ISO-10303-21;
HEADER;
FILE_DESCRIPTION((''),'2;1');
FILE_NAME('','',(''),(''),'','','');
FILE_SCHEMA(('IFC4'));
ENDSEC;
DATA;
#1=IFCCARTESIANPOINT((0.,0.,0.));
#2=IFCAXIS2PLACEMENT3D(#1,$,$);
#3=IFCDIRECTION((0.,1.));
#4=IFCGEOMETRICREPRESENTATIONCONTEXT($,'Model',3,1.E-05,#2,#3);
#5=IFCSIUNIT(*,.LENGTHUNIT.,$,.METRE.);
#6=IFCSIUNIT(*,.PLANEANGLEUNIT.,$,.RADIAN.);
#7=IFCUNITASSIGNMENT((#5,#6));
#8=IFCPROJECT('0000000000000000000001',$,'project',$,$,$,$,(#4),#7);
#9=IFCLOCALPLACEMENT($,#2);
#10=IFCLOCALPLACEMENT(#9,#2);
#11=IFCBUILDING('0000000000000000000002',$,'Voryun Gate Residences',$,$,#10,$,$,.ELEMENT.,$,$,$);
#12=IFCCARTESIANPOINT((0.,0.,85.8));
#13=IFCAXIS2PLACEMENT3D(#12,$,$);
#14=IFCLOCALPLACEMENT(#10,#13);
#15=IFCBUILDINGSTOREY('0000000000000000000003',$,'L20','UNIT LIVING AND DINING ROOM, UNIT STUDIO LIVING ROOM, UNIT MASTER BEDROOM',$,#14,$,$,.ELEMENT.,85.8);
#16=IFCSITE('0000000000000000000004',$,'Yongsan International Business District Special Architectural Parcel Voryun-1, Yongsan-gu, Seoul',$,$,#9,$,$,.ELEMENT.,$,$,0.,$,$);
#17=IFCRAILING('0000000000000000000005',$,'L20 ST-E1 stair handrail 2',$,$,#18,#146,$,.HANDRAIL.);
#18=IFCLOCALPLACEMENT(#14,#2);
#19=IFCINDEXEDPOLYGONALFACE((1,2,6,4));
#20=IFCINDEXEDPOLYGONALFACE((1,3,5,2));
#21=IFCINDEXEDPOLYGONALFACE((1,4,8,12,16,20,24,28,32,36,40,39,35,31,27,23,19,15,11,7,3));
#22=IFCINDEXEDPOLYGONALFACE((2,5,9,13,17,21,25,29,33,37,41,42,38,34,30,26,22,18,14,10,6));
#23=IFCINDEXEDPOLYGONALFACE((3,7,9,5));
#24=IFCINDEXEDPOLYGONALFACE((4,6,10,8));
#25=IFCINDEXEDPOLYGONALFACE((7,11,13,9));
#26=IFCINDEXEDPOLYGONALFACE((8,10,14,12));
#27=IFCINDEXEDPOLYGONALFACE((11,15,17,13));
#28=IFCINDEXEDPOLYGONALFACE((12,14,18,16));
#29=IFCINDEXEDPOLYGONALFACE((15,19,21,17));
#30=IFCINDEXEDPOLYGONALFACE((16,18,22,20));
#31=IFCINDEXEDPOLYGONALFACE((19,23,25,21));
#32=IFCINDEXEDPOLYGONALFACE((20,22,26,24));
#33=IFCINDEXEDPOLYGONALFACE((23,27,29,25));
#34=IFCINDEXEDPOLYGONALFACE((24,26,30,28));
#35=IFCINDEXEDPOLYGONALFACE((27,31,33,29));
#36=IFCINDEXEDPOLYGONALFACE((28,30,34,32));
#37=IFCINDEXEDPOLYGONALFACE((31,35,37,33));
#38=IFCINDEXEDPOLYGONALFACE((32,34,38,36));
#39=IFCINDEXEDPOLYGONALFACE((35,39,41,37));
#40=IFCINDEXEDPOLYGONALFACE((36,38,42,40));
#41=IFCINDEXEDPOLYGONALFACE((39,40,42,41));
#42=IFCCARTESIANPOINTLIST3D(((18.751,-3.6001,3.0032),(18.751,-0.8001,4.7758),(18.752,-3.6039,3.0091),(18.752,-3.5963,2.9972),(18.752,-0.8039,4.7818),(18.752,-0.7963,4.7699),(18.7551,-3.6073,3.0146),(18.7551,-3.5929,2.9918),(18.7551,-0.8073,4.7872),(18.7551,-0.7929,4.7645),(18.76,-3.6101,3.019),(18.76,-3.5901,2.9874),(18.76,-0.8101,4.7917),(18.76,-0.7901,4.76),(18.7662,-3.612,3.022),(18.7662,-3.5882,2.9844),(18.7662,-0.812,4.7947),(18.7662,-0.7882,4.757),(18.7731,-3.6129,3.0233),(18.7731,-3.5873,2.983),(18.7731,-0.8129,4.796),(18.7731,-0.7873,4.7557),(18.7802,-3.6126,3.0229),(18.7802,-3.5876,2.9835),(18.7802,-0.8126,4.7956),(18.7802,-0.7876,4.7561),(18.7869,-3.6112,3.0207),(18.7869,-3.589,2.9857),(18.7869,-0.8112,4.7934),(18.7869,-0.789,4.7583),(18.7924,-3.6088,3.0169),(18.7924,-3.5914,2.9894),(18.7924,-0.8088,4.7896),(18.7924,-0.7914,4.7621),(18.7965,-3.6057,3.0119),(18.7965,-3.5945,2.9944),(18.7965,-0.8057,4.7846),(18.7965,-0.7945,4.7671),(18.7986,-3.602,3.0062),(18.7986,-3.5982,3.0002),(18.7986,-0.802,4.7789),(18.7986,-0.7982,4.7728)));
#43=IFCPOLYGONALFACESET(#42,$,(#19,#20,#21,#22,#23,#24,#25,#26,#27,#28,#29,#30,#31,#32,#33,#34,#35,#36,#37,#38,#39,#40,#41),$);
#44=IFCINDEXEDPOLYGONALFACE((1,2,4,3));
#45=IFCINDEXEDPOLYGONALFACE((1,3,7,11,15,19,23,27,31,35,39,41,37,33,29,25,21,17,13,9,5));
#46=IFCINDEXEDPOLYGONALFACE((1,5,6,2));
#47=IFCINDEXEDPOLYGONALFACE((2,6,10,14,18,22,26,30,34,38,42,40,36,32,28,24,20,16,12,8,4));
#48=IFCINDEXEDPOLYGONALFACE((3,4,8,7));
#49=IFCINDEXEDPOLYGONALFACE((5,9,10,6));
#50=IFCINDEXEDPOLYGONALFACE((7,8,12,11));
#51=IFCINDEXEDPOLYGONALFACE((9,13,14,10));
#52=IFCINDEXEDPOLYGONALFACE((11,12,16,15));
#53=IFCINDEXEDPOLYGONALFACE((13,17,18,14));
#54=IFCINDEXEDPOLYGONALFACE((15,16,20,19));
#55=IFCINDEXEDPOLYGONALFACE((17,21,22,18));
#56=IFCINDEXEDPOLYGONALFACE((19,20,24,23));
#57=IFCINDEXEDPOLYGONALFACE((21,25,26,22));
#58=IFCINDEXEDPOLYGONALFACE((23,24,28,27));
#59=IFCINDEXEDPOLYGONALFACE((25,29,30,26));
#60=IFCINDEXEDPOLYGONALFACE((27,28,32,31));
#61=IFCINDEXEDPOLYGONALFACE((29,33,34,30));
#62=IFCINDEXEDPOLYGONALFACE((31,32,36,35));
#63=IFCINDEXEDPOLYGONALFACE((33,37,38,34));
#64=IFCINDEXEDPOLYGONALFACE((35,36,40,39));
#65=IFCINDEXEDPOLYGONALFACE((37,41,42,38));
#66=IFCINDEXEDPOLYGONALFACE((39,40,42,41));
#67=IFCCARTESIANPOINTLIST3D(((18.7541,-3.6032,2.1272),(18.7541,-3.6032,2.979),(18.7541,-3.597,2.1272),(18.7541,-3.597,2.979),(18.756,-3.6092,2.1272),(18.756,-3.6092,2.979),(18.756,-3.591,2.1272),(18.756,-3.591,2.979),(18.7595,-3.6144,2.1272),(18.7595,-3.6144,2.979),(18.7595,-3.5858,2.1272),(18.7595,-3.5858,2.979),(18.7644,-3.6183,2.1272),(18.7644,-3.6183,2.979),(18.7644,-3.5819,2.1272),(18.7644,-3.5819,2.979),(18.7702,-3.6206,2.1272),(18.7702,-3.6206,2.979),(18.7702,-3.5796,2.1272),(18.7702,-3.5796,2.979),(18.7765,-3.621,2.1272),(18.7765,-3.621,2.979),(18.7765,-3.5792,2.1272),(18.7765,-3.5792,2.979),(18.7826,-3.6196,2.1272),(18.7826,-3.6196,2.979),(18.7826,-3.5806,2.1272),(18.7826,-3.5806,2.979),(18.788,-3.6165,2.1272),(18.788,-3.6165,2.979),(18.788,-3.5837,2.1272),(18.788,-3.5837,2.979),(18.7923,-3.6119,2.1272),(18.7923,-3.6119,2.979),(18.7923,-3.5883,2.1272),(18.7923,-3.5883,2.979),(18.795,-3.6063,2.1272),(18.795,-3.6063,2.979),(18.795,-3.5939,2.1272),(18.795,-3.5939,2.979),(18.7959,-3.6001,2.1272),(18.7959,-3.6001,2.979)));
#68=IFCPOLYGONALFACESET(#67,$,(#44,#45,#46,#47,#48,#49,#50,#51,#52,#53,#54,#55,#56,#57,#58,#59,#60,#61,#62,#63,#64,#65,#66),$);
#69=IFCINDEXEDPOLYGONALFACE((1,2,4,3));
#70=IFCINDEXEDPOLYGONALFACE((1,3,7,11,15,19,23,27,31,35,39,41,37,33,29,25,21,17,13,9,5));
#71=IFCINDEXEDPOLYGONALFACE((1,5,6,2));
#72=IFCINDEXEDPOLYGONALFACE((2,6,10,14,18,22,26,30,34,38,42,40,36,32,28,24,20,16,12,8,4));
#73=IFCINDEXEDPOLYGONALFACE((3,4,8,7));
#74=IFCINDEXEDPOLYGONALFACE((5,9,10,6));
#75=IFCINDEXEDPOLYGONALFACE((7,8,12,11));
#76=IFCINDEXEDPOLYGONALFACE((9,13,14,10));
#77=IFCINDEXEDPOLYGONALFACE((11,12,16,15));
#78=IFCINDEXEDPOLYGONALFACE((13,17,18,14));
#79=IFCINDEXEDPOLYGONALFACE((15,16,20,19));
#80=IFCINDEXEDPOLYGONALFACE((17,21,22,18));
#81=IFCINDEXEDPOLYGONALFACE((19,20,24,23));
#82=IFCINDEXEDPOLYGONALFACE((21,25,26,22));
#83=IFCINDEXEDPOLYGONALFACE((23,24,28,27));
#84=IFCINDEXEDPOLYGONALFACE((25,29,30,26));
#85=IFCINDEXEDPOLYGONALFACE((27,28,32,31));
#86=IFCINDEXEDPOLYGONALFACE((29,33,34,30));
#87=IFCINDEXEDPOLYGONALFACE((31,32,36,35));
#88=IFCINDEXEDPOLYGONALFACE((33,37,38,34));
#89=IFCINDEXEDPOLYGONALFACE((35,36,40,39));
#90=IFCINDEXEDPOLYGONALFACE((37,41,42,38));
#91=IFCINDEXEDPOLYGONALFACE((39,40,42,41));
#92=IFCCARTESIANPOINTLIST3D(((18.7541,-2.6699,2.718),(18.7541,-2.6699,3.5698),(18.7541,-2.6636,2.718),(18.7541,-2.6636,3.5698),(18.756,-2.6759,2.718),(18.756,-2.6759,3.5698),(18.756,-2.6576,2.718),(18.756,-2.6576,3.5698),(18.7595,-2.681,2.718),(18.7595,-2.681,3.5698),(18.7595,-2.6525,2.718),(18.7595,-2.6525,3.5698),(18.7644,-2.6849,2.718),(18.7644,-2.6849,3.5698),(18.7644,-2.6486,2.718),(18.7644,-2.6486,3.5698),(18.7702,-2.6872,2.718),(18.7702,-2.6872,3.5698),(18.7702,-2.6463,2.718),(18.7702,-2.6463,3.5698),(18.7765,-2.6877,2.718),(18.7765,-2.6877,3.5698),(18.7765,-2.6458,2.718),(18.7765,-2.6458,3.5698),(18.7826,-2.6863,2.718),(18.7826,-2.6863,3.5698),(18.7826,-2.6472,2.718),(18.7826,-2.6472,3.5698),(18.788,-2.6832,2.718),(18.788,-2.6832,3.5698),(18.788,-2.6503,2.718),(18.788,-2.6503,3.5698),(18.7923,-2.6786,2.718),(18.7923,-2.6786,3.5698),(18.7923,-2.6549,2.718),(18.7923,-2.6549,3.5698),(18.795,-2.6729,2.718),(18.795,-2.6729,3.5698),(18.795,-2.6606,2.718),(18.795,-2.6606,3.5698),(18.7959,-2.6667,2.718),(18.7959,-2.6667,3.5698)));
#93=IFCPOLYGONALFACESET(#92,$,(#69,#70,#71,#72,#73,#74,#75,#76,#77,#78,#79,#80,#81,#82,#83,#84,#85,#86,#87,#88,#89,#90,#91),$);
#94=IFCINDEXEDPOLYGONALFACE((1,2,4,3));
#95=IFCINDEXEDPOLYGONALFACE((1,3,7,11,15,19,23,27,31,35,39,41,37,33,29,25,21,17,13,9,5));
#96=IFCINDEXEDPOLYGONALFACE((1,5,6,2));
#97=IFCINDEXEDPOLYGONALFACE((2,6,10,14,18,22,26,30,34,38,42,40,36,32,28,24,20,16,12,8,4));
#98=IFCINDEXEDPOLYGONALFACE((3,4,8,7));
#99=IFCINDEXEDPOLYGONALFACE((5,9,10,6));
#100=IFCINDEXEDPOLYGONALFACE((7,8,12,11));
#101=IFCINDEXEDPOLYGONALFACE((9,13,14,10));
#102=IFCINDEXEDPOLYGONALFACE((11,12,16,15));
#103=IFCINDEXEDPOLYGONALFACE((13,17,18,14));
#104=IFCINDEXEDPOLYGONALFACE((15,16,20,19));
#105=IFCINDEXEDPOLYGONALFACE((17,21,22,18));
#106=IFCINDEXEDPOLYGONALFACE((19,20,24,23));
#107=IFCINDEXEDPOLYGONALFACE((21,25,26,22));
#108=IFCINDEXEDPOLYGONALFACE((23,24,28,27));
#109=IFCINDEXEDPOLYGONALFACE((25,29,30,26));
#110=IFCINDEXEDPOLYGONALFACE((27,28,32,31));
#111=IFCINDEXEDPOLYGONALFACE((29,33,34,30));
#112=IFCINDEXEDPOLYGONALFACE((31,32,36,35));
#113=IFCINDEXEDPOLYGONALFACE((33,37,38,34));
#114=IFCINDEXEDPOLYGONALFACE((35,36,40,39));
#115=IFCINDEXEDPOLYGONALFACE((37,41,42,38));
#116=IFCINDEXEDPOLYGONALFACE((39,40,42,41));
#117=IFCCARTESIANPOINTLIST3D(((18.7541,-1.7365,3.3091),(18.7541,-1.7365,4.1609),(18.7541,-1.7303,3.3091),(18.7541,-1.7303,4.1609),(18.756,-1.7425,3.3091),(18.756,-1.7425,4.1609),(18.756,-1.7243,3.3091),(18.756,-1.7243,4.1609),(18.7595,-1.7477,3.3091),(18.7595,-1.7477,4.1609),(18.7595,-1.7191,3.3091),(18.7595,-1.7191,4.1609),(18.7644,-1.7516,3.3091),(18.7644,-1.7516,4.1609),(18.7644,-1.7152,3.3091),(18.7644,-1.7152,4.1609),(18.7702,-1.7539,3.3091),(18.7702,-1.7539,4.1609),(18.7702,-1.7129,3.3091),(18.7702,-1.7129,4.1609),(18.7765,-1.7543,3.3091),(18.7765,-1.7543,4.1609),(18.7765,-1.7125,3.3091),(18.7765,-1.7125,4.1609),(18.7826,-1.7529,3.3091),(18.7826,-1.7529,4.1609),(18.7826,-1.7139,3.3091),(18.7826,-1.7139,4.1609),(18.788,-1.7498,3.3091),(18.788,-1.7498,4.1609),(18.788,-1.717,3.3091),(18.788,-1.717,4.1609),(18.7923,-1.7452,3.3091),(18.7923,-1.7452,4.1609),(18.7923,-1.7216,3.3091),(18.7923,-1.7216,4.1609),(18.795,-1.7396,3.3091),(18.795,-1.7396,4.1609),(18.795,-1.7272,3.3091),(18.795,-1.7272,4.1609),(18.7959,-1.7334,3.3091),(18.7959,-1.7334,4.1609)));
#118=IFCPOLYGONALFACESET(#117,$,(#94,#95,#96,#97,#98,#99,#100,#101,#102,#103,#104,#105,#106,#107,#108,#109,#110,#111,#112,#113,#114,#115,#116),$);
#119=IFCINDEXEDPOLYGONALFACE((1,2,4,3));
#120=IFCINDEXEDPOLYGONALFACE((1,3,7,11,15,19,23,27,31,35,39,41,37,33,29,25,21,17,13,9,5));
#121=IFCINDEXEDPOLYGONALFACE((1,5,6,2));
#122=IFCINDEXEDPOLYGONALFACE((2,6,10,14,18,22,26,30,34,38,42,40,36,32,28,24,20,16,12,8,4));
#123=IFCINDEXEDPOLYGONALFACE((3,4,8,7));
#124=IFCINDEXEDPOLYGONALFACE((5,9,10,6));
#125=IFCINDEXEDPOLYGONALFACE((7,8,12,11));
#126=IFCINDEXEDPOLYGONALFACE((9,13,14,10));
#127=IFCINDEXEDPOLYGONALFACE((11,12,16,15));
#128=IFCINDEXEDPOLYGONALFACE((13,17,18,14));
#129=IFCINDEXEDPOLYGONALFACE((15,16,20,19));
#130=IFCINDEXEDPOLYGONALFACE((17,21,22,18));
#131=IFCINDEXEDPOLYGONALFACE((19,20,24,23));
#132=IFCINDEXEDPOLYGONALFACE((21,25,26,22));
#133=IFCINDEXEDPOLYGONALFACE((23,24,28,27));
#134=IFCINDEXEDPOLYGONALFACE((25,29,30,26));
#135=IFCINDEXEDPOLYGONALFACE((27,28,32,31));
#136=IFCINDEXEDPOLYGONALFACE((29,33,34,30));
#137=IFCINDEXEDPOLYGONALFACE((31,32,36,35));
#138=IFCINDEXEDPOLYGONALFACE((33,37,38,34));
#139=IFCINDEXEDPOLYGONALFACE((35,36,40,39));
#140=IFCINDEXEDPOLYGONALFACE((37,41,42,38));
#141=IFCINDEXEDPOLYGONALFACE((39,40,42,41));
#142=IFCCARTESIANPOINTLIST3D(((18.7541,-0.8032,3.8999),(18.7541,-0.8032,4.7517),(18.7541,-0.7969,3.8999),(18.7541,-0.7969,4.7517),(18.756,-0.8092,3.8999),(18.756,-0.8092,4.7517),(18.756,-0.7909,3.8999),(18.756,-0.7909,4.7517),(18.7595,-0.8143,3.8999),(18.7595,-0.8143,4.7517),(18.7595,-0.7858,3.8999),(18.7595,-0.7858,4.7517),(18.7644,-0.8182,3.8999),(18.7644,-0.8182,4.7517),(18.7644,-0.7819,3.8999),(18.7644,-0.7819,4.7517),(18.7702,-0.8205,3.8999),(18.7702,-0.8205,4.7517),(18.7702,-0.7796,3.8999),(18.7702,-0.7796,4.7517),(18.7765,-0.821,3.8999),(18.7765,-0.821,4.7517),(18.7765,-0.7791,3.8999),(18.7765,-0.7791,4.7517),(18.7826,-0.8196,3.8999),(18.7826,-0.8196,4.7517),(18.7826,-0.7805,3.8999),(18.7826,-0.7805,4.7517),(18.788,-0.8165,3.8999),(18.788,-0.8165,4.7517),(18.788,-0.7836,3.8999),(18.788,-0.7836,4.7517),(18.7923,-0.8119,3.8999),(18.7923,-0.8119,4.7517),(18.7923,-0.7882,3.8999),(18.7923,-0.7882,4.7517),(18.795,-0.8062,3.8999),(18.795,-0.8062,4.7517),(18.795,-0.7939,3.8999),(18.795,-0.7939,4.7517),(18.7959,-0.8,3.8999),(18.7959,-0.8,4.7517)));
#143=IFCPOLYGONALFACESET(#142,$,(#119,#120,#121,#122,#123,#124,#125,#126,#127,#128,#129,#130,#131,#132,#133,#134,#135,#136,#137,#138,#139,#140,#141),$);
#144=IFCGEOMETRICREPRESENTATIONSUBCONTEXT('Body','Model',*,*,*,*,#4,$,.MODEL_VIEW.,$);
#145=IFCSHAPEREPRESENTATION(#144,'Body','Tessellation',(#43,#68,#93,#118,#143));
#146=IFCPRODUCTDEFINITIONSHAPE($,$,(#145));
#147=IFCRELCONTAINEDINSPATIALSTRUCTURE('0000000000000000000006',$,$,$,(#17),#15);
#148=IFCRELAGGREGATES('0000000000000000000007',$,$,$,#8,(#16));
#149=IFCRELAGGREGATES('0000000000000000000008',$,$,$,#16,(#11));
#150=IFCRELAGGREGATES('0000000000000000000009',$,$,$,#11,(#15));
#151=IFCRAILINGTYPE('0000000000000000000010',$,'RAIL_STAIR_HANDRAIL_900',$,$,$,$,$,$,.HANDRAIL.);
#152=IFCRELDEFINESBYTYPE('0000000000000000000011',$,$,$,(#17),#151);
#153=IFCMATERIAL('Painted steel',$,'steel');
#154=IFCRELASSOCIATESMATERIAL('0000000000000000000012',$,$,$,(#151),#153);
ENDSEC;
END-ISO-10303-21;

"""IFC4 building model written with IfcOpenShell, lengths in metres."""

from ifc_helpers import new_model, si_unit, direction, frame, origin, origin_2d, place, context, subcontext, project, spatial, circle, extrude, material, type_object, element, save


model = new_model("IFC4")

# Units and contexts
model_context = context("Model", 3, precision=1e-05, world=origin(), true_north=direction((0.0, 1.0)))
body_context = subcontext(model_context, "Body", "Model", "MODEL_VIEW")
ifc_project = project(units=[si_unit("LENGTHUNIT", "METRE"), si_unit("PLANEANGLEUNIT", "RADIAN")], contexts=[model_context])

# Site, building, storey
site_placement = place(None, origin())
site = spatial("IfcSite", under=ifc_project, at=site_placement, Name="Yongsan International Business District Special Architectural Parcel Voryun-1, Yongsan-gu, Seoul", CompositionType="ELEMENT", RefElevation=0.0)
building_placement = place(site_placement, origin())
building = spatial("IfcBuilding", under=site, at=building_placement, Name="Voryun Gate Residences", CompositionType="ELEMENT")
storey_placement = place(building_placement, frame((0.0, 0.0, 85.8)))
storey = spatial("IfcBuildingStorey", under=building, at=storey_placement, Name="L20", Description="UNIT LIVING AND DINING ROOM, UNIT STUDIO LIVING ROOM, UNIT MASTER BEDROOM", CompositionType="ELEMENT", Elevation=85.8)

# Railing
ifc_material_1 = material(Name="Painted steel", Category="steel")
railing_type_1 = type_object("IfcRailingType", Name="RAIL_STAIR_HANDRAIL_900", PredefinedType="HANDRAIL", material=ifc_material_1)
railing_1_placement = place(storey_placement, frame((18.7749, -3.6001, 2.1272)))
element("IfcRailing", 1, at=railing_1_placement, inside=storey, type_object=railing_type_1, Name="L20 ST-E1 stair handrail 2", PredefinedType="HANDRAIL", context=body_context, shape_type="SweptSolid", body=[
    extrude(circle(Radius=0.0239, at=origin_2d()), frame((0.0, 0.0, 0.876), z_axis=(0.0, 0.844909, 0.53491), x_axis=(-1.0, 0.0, 0.0)), (0.0, 0.0, 1.0), 3.314),
    extrude(circle(Radius=0.021, at=origin_2d()), origin(), (0.0, 0.0, 1.0), 0.8518),
    extrude(circle(Radius=0.021, at=origin_2d()), frame((0.0, 0.9333, 0.5908)), (0.0, 0.0, 1.0), 0.8518),
    extrude(circle(Radius=0.021, at=origin_2d()), frame((0.0, 1.8667, 1.1819)), (0.0, 0.0, 1.0), 0.8518),
    extrude(circle(Radius=0.021, at=origin_2d()), frame((0.0, 2.8, 1.7727)), (0.0, 0.0, 1.0), 0.8518),
])

save(model, "model.ifc")
